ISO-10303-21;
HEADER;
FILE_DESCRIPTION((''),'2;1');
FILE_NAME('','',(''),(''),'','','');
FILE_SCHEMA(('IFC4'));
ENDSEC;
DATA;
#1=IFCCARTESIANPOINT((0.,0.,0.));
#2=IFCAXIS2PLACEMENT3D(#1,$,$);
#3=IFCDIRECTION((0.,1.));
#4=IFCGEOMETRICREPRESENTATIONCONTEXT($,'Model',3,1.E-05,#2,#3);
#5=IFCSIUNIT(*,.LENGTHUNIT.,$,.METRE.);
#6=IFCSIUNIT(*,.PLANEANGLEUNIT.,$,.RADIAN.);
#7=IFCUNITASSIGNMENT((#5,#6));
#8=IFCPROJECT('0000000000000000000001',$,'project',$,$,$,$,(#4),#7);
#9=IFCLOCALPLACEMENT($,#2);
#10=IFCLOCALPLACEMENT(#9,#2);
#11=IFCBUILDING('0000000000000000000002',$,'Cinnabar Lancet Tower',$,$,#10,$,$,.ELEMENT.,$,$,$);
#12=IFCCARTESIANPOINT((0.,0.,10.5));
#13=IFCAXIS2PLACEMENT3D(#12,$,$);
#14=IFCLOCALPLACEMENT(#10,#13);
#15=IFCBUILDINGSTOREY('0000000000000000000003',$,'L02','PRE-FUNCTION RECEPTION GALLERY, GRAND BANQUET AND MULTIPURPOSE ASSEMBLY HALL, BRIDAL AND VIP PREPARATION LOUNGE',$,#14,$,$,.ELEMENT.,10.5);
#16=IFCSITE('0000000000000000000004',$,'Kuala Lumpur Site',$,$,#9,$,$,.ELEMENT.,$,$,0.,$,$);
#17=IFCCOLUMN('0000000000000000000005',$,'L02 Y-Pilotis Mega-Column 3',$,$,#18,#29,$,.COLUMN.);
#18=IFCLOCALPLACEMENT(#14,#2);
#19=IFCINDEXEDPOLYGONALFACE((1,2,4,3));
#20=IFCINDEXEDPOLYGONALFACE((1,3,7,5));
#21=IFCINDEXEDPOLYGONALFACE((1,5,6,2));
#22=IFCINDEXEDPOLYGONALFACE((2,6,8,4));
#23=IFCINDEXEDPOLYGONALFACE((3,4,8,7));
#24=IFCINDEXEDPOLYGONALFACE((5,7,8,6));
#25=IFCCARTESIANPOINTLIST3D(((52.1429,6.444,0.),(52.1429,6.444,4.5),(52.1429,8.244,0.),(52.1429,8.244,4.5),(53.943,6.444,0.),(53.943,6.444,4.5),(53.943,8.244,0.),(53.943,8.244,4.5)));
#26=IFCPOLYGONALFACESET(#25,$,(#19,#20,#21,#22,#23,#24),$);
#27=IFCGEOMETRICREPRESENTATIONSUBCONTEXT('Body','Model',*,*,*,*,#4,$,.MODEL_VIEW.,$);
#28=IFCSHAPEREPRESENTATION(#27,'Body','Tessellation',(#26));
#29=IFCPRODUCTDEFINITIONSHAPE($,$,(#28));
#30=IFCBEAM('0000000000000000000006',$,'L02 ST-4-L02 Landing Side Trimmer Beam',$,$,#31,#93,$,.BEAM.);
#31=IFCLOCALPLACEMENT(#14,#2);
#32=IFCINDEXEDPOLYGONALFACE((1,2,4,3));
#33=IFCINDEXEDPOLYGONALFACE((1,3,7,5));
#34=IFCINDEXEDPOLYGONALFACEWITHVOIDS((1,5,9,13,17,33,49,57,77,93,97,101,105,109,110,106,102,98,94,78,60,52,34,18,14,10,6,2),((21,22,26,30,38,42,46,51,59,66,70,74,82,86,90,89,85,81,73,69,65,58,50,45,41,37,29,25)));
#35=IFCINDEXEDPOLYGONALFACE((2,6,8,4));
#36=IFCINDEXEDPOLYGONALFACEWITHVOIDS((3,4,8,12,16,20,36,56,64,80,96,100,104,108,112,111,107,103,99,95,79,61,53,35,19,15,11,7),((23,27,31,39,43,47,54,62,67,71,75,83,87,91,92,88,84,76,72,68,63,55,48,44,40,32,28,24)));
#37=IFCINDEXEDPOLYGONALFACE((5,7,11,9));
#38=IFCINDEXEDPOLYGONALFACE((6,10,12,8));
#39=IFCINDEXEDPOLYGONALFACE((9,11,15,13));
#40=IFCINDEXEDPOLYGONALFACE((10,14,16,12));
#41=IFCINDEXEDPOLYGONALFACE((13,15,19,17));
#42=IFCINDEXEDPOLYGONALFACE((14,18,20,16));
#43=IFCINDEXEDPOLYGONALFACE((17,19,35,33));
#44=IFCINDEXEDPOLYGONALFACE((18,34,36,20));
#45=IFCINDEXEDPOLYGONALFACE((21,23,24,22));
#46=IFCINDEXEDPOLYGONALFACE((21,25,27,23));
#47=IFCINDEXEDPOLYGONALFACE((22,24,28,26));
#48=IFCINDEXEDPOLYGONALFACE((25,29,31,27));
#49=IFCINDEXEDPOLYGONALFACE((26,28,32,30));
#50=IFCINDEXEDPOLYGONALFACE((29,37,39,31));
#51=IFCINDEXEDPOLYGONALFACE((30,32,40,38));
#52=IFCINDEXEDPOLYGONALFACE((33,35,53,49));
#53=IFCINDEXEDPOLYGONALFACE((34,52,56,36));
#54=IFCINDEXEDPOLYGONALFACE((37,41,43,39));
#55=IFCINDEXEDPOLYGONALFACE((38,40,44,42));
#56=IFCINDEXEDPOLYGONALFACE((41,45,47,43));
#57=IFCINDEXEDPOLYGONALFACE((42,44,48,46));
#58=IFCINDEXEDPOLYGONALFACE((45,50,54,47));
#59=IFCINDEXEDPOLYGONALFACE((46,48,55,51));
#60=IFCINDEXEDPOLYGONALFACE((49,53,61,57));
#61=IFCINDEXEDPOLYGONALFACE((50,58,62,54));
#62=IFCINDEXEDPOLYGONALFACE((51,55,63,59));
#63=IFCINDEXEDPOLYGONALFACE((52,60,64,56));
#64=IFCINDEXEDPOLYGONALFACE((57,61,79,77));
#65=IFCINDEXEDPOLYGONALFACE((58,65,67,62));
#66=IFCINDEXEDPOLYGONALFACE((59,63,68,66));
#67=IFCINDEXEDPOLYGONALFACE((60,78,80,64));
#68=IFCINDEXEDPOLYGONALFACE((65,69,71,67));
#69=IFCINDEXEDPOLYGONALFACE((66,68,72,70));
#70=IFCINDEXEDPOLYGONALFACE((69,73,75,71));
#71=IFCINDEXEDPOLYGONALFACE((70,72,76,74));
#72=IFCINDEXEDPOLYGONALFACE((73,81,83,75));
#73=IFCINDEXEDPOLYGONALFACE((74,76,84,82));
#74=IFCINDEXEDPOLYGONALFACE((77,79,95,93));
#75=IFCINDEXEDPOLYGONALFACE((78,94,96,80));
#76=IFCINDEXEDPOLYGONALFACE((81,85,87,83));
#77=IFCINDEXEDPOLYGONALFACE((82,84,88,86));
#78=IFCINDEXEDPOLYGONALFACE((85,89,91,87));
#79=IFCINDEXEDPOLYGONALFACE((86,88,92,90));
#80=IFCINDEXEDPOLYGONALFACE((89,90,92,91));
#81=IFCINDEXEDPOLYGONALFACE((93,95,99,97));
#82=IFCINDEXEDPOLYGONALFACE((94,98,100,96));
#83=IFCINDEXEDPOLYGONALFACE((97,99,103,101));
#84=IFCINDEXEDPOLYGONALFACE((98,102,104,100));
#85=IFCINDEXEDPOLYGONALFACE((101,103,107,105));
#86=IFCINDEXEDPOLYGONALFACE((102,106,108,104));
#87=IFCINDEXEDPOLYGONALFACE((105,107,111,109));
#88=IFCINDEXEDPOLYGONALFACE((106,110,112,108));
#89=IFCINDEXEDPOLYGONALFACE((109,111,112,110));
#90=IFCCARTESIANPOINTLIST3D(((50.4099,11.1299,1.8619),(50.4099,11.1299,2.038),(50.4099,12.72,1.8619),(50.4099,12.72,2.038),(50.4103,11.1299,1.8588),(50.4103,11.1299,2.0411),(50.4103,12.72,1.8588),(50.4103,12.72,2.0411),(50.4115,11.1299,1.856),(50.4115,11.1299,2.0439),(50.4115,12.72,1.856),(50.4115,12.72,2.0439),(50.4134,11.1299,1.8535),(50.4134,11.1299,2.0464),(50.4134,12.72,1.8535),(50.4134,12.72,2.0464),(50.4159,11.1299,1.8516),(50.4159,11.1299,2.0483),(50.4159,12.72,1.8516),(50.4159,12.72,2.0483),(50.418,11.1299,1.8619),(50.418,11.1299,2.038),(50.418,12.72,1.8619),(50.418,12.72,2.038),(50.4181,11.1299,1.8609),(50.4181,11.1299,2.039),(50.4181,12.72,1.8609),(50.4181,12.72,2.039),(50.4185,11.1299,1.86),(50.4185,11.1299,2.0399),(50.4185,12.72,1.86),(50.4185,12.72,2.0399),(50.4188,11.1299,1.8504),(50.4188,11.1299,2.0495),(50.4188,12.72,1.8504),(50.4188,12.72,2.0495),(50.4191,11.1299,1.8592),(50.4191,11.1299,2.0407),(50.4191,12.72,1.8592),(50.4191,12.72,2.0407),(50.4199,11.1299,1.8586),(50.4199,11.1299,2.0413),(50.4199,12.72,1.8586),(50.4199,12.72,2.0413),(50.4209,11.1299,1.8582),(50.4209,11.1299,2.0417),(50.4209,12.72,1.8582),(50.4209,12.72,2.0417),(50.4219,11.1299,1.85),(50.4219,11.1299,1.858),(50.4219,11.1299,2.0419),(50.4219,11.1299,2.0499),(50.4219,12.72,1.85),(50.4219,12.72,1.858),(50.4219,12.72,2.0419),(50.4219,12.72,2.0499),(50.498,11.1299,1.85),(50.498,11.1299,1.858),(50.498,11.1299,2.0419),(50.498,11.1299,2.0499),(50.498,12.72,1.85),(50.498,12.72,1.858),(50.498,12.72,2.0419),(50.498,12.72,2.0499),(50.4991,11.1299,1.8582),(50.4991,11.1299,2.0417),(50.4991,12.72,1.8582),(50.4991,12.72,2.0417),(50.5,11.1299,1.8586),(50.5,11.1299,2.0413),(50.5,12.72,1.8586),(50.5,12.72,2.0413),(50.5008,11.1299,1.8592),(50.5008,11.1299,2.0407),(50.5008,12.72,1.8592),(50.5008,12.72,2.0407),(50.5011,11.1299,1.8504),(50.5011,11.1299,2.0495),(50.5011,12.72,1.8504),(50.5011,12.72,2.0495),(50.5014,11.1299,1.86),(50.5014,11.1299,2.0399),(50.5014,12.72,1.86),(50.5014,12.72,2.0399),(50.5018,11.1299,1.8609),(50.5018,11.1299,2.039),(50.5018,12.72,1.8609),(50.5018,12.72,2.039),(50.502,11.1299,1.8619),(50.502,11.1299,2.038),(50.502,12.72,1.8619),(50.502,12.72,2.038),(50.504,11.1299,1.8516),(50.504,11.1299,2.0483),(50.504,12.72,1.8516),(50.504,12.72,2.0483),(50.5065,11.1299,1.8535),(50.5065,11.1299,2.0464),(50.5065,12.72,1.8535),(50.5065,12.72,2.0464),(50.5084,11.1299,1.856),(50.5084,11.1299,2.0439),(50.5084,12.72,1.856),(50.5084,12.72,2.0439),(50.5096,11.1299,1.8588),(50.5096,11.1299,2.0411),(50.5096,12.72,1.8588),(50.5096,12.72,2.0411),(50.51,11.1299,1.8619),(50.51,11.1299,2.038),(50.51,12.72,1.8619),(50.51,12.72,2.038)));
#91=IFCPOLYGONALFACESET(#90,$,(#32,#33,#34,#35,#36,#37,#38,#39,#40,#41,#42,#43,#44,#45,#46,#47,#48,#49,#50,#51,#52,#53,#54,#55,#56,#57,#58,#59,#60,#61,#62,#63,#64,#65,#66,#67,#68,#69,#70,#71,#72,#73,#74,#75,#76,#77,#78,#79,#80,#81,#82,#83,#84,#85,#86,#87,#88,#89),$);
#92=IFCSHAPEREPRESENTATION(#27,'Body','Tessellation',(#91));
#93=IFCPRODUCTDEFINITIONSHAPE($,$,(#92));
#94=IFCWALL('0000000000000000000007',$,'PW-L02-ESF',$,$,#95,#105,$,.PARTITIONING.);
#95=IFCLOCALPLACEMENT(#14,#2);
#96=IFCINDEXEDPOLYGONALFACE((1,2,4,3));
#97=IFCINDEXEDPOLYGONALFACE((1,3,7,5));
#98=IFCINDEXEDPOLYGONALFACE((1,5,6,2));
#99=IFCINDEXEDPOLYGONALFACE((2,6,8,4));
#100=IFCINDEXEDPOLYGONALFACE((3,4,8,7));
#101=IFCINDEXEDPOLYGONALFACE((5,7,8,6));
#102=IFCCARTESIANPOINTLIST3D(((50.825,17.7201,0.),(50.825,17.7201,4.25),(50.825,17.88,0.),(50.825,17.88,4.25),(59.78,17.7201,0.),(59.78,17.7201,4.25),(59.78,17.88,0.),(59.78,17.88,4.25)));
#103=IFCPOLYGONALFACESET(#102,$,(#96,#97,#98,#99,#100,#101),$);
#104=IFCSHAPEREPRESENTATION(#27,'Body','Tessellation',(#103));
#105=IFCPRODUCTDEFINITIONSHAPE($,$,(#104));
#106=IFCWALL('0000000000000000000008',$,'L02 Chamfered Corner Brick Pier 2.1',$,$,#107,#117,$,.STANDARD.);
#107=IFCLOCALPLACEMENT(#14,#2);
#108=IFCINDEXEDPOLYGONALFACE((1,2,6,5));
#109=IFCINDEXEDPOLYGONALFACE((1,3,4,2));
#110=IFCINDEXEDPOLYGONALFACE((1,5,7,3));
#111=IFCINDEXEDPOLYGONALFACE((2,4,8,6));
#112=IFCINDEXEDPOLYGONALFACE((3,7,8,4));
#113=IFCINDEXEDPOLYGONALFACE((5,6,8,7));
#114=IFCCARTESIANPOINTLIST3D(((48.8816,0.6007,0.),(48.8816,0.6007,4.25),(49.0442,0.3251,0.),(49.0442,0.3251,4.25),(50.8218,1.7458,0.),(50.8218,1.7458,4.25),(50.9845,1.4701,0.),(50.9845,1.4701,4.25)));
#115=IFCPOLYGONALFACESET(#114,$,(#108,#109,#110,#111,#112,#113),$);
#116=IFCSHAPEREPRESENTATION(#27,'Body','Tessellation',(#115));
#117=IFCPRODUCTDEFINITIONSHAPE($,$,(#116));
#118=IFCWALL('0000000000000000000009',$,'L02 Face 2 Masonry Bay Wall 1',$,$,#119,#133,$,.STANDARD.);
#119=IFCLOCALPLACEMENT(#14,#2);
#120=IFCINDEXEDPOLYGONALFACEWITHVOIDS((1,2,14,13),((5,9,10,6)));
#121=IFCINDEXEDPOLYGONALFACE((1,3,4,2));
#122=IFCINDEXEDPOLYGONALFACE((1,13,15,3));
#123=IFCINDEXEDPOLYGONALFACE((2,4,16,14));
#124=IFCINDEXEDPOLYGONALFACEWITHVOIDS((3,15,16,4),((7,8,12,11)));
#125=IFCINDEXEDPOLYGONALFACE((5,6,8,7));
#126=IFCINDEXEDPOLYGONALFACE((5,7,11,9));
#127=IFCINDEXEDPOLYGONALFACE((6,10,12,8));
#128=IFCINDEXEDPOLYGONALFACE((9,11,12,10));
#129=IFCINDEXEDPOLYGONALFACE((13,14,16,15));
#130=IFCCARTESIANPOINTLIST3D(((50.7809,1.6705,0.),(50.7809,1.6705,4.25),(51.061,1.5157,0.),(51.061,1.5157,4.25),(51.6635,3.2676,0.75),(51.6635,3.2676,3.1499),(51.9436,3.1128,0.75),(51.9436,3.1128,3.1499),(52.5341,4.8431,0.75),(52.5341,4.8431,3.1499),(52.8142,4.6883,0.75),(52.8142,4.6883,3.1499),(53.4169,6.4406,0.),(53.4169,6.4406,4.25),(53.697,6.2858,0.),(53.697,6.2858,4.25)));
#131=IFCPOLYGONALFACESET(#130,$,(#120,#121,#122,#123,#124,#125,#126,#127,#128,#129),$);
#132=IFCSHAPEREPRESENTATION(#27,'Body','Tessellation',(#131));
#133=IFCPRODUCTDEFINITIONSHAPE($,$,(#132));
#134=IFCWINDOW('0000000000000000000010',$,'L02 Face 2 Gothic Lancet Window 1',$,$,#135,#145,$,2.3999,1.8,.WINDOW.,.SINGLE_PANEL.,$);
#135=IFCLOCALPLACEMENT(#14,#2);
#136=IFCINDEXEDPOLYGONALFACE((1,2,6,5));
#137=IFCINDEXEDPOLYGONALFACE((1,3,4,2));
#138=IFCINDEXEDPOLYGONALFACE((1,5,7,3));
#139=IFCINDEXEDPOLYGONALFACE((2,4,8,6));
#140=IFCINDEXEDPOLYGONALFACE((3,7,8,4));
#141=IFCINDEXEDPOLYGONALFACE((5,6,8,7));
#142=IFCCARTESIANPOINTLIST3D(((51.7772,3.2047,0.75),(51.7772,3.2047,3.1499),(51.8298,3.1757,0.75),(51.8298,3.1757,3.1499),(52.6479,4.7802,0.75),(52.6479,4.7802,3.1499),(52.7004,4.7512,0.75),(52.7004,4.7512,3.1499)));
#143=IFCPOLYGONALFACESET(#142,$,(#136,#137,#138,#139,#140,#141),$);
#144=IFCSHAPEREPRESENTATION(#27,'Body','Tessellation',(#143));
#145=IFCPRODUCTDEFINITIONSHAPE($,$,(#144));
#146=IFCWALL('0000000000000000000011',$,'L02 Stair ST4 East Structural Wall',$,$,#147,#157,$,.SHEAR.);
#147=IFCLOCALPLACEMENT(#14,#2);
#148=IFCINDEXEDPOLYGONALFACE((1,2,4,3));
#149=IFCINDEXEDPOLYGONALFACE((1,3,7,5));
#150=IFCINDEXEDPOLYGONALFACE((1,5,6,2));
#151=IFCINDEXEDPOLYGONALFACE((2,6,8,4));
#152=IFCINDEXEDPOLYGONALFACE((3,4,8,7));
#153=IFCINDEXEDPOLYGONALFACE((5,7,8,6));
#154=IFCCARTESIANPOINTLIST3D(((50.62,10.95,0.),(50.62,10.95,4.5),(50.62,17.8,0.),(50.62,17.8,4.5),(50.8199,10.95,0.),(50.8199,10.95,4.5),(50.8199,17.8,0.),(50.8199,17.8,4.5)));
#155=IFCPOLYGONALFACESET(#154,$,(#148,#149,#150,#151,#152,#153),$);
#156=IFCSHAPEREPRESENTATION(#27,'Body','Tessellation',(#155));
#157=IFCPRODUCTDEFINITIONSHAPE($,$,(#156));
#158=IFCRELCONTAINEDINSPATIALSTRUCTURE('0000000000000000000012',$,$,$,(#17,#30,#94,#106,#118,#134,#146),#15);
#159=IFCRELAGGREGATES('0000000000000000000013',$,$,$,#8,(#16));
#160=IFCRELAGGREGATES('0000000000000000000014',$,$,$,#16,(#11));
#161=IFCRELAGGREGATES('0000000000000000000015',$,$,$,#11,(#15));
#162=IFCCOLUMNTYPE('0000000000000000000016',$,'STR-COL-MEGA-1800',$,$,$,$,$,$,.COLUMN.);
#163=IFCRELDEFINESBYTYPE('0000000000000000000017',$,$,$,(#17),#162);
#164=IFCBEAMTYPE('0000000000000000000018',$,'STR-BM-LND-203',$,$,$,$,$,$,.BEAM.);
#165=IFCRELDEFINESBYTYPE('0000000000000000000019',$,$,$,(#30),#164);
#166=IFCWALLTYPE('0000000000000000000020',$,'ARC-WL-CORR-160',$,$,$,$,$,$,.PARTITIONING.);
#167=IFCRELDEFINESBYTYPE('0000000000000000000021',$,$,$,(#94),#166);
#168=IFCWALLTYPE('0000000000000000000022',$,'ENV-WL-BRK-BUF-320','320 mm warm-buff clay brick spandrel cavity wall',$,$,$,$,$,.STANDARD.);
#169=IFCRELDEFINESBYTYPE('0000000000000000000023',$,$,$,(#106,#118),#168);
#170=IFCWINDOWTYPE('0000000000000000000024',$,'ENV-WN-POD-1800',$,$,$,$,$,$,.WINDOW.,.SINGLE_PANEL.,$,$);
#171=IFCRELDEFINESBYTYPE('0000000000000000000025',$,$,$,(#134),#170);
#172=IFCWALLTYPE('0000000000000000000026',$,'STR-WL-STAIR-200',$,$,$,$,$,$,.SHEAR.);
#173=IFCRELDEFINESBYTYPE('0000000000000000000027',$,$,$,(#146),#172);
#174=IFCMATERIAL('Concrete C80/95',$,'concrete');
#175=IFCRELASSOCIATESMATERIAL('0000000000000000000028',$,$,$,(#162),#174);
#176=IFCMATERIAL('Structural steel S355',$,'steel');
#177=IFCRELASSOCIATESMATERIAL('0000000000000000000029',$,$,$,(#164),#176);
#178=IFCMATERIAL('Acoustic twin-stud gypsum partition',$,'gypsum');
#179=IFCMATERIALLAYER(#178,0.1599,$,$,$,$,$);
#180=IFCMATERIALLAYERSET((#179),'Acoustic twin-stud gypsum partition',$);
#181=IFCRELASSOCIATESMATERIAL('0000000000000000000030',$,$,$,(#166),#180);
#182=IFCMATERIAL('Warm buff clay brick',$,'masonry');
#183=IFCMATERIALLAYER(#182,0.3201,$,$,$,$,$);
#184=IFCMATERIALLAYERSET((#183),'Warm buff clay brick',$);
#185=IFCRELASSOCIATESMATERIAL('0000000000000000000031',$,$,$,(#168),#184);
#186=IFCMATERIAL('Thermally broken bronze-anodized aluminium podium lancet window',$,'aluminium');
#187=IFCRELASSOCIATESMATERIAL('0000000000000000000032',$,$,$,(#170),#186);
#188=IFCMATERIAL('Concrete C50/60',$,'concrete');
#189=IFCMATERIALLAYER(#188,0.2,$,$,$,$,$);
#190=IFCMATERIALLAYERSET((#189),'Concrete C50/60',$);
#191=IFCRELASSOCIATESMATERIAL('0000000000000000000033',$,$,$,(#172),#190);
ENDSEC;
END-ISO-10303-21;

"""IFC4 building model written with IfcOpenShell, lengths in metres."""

from ifc_helpers import new_model, si_unit, direction, frame, frame_2d, origin, origin_2d, place, context, subcontext, project, spatial, rectangle, hollow_rectangle, extrude, material, layer, layer_set, material_profile, profile_set, type_object, element, fill, save


model = new_model("IFC4")

# Units and contexts
model_context = context("Model", 3, precision=1e-05, world=origin(), true_north=direction((0.0, 1.0)))
body_context = subcontext(model_context, "Body", "Model", "MODEL_VIEW")
ifc_project = project(units=[si_unit("LENGTHUNIT", "METRE"), si_unit("PLANEANGLEUNIT", "RADIAN")], contexts=[model_context])

# Site, building, storey
site_placement = place(None, origin())
site = spatial("IfcSite", under=ifc_project, at=site_placement, Name="Kuala Lumpur Site", CompositionType="ELEMENT", RefElevation=0.0)
building_placement = place(site_placement, origin())
building = spatial("IfcBuilding", under=site, at=building_placement, Name="Cinnabar Lancet Tower", CompositionType="ELEMENT")
storey_placement = place(building_placement, frame((0.0, 0.0, 10.5)))
storey = spatial("IfcBuildingStorey", under=building, at=storey_placement, Name="L02", Description="PRE-FUNCTION RECEPTION GALLERY, GRAND BANQUET AND MULTIPURPOSE ASSEMBLY HALL, BRIDAL AND VIP PREPARATION LOUNGE", CompositionType="ELEMENT", Elevation=10.5)

# Column
ifc_material_1 = material(Name="Concrete C80/95", Category="concrete")
ifc_material_profile_1 = material_profile(ifc_material_1, rectangle(XDim=1.8, YDim=1.8, at=origin_2d()), Name="RC-MEGA 1800x1800")
ifc_profile_set_1 = profile_set([ifc_material_profile_1], Name="Concrete C80/95")
column_type = type_object("IfcColumnType", Name="STR-COL-MEGA-1800", PredefinedType="COLUMN", material=ifc_profile_set_1)
column_placement = place(storey_placement, frame((53.043, 7.344, 0.0), z_axis=(0.0, 0.0, 1.0), x_axis=(1.0, 0.0, 0.0)))
element("IfcColumn", 1, at=column_placement, inside=storey, type_object=column_type, Name="L02 Y-Pilotis Mega-Column 3", PredefinedType="COLUMN", context=body_context, shape_type="SweptSolid", body=[
    extrude(rectangle(XDim=1.8, YDim=1.8, at=origin_2d()), origin(), (0.0, 0.0, 1.0), 4.5),
])

# Beam
ifc_material_2 = material(Name="Structural steel S355", Category="steel")
ifc_material_profile_2 = material_profile(ifc_material_2, hollow_rectangle(XDim=0.1001, YDim=0.2, WallThickness=0.0081, InnerFilletRadius=0.0039, OuterFilletRadius=0.012, at=origin_2d()), Name="RHS 200x100x8")
ifc_profile_set_2 = profile_set([ifc_material_profile_2], Name="Structural steel S355")
beam_type = type_object("IfcBeamType", Name="STR-BM-LND-203", PredefinedType="BEAM", material=ifc_profile_set_2)
beam_placement = place(storey_placement, frame((50.46, 11.1299, 1.95), z_axis=(0.0, 1.0, 0.0), x_axis=(-1.0, 0.0, 0.0)))
element("IfcBeam", 2, at=beam_placement, inside=storey, type_object=beam_type, Name="L02 ST-4-L02 Landing Side Trimmer Beam", PredefinedType="BEAM", context=body_context, shape_type="SweptSolid", body=[
    extrude(hollow_rectangle(XDim=0.1001, YDim=0.2, WallThickness=0.0081, InnerFilletRadius=0.0039, OuterFilletRadius=0.012, at=origin_2d()), origin(), (0.0, 0.0, 1.0), 1.5901),
])

# Wall
ifc_material_3 = material(Name="Acoustic twin-stud gypsum partition", Category="gypsum")
ifc_layer_1 = layer(ifc_material_3, 0.1599)
ifc_layer_set_1 = layer_set([ifc_layer_1], Name="Acoustic twin-stud gypsum partition")
wall_type_1 = type_object("IfcWallType", Name="ARC-WL-CORR-160", PredefinedType="PARTITIONING", material=ifc_layer_set_1)
wall_1_placement = place(storey_placement, frame((50.825, 17.8, 0.0), z_axis=(0.0, 0.0, 1.0), x_axis=(1.0, 0.0, 0.0)))
element("IfcWall", 3, at=wall_1_placement, inside=storey, type_object=wall_type_1, Name="PW-L02-ESF", PredefinedType="PARTITIONING", context=body_context, shape_type="SweptSolid", body=[
    extrude(rectangle(XDim=8.9551, YDim=0.1599, at=frame_2d((4.4775, 0.0))), origin(), (0.0, 0.0, 1.0), 4.25),
])

# Wall
ifc_material_4 = material(Name="Warm buff clay brick", Category="masonry")
ifc_layer_2 = layer(ifc_material_4, 0.3201)
ifc_layer_set_2 = layer_set([ifc_layer_2], Name="Warm buff clay brick")
wall_type_2 = type_object("IfcWallType", Name="ENV-WL-BRK-BUF-320", Description="320 mm warm-buff clay brick spandrel cavity wall", PredefinedType="STANDARD", material=ifc_layer_set_2)
wall_2_placement = place(storey_placement, frame((48.9629, 0.4629, 0.0), z_axis=(0.0, 0.0, 1.0), x_axis=(0.861209, 0.508251, 0.0)))
element("IfcWall", 4, at=wall_2_placement, inside=storey, type_object=wall_type_2, Name="L02 Chamfered Corner Brick Pier 2.1", PredefinedType="STANDARD", context=body_context, shape_type="SweptSolid", body=[
    extrude(rectangle(XDim=2.2529, YDim=0.3201, at=frame_2d((1.1265, 0.0))), origin(), (0.0, 0.0, 1.0), 4.25),
])

# Wall, opening, window
wall_3_placement = place(storey_placement, frame((50.9209, 1.593, 0.0), z_axis=(0.0, 0.0, 1.0), x_axis=(0.483675, 0.875248, 0.0)))
wall_3 = element("IfcWall", 5, at=wall_3_placement, inside=storey, type_object=wall_type_2, Name="L02 Face 2 Masonry Bay Wall 1", PredefinedType="STANDARD", context=body_context, shape_type="SweptSolid", body=[
    extrude(rectangle(XDim=5.45, YDim=0.3201, at=frame_2d((2.7251, 0.0))), origin(), (0.0, 0.0, 1.0), 4.25),
])
opening_1_placement = place(wall_3_placement, frame((1.825, 0.0, 0.75)))
opening_1 = element("IfcOpeningElement", 6, at=opening_1_placement, cuts=wall_3, PredefinedType="OPENING", context=body_context, shape_type="SweptSolid", body=[
    extrude(rectangle(XDim=1.8, YDim=2.3999, at=frame_2d((0.8999, 1.2))), frame((0.0, 0.1699, 0.0), z_axis=(0.0, -1.0, 0.0), x_axis=(1.0, 0.0, 0.0)), (0.0, 0.0, 1.0), 0.3401),
])
ifc_material_5 = material(Name="Thermally broken bronze-anodized aluminium podium lancet window", Category="aluminium")
window_type = type_object("IfcWindowType", Name="ENV-WN-POD-1800", PartitioningType="SINGLE_PANEL", PredefinedType="WINDOW", material=ifc_material_5)
window_placement = place(opening_1_placement, origin())
window = element("IfcWindow", 7, at=window_placement, inside=storey, type_object=window_type, Name="L02 Face 2 Gothic Lancet Window 1", OverallHeight=2.3999, OverallWidth=1.8, PartitioningType="SINGLE_PANEL", PredefinedType="WINDOW", context=body_context, shape_type="SweptSolid", body=[
    extrude(rectangle(XDim=1.8, YDim=2.3999, at=frame_2d((0.8999, 1.2))), frame((0.0, 0.03, 0.0), z_axis=(0.0, -1.0, 0.0), x_axis=(1.0, 0.0, 0.0)), (0.0, 0.0, 1.0), 0.0601),
])
fill(opening_1, window)

# Wall
ifc_material_6 = material(Name="Concrete C50/60", Category="concrete")
ifc_layer_3 = layer(ifc_material_6, 0.2)
ifc_layer_set_3 = layer_set([ifc_layer_3], Name="Concrete C50/60")
wall_type_3 = type_object("IfcWallType", Name="STR-WL-STAIR-200", PredefinedType="SHEAR", material=ifc_layer_set_3)
wall_4_placement = place(storey_placement, frame((50.72, 10.95, 0.0), z_axis=(0.0, 0.0, 1.0), x_axis=(0.0, 1.0, 0.0)))
element("IfcWall", 8, at=wall_4_placement, inside=storey, type_object=wall_type_3, Name="L02 Stair ST4 East Structural Wall", PredefinedType="SHEAR", context=body_context, shape_type="SweptSolid", body=[
    extrude(rectangle(XDim=6.8501, YDim=0.2, at=frame_2d((3.425, 0.0))), origin(), (0.0, 0.0, 1.0), 4.5),
])

save(model, "model.ifc")
